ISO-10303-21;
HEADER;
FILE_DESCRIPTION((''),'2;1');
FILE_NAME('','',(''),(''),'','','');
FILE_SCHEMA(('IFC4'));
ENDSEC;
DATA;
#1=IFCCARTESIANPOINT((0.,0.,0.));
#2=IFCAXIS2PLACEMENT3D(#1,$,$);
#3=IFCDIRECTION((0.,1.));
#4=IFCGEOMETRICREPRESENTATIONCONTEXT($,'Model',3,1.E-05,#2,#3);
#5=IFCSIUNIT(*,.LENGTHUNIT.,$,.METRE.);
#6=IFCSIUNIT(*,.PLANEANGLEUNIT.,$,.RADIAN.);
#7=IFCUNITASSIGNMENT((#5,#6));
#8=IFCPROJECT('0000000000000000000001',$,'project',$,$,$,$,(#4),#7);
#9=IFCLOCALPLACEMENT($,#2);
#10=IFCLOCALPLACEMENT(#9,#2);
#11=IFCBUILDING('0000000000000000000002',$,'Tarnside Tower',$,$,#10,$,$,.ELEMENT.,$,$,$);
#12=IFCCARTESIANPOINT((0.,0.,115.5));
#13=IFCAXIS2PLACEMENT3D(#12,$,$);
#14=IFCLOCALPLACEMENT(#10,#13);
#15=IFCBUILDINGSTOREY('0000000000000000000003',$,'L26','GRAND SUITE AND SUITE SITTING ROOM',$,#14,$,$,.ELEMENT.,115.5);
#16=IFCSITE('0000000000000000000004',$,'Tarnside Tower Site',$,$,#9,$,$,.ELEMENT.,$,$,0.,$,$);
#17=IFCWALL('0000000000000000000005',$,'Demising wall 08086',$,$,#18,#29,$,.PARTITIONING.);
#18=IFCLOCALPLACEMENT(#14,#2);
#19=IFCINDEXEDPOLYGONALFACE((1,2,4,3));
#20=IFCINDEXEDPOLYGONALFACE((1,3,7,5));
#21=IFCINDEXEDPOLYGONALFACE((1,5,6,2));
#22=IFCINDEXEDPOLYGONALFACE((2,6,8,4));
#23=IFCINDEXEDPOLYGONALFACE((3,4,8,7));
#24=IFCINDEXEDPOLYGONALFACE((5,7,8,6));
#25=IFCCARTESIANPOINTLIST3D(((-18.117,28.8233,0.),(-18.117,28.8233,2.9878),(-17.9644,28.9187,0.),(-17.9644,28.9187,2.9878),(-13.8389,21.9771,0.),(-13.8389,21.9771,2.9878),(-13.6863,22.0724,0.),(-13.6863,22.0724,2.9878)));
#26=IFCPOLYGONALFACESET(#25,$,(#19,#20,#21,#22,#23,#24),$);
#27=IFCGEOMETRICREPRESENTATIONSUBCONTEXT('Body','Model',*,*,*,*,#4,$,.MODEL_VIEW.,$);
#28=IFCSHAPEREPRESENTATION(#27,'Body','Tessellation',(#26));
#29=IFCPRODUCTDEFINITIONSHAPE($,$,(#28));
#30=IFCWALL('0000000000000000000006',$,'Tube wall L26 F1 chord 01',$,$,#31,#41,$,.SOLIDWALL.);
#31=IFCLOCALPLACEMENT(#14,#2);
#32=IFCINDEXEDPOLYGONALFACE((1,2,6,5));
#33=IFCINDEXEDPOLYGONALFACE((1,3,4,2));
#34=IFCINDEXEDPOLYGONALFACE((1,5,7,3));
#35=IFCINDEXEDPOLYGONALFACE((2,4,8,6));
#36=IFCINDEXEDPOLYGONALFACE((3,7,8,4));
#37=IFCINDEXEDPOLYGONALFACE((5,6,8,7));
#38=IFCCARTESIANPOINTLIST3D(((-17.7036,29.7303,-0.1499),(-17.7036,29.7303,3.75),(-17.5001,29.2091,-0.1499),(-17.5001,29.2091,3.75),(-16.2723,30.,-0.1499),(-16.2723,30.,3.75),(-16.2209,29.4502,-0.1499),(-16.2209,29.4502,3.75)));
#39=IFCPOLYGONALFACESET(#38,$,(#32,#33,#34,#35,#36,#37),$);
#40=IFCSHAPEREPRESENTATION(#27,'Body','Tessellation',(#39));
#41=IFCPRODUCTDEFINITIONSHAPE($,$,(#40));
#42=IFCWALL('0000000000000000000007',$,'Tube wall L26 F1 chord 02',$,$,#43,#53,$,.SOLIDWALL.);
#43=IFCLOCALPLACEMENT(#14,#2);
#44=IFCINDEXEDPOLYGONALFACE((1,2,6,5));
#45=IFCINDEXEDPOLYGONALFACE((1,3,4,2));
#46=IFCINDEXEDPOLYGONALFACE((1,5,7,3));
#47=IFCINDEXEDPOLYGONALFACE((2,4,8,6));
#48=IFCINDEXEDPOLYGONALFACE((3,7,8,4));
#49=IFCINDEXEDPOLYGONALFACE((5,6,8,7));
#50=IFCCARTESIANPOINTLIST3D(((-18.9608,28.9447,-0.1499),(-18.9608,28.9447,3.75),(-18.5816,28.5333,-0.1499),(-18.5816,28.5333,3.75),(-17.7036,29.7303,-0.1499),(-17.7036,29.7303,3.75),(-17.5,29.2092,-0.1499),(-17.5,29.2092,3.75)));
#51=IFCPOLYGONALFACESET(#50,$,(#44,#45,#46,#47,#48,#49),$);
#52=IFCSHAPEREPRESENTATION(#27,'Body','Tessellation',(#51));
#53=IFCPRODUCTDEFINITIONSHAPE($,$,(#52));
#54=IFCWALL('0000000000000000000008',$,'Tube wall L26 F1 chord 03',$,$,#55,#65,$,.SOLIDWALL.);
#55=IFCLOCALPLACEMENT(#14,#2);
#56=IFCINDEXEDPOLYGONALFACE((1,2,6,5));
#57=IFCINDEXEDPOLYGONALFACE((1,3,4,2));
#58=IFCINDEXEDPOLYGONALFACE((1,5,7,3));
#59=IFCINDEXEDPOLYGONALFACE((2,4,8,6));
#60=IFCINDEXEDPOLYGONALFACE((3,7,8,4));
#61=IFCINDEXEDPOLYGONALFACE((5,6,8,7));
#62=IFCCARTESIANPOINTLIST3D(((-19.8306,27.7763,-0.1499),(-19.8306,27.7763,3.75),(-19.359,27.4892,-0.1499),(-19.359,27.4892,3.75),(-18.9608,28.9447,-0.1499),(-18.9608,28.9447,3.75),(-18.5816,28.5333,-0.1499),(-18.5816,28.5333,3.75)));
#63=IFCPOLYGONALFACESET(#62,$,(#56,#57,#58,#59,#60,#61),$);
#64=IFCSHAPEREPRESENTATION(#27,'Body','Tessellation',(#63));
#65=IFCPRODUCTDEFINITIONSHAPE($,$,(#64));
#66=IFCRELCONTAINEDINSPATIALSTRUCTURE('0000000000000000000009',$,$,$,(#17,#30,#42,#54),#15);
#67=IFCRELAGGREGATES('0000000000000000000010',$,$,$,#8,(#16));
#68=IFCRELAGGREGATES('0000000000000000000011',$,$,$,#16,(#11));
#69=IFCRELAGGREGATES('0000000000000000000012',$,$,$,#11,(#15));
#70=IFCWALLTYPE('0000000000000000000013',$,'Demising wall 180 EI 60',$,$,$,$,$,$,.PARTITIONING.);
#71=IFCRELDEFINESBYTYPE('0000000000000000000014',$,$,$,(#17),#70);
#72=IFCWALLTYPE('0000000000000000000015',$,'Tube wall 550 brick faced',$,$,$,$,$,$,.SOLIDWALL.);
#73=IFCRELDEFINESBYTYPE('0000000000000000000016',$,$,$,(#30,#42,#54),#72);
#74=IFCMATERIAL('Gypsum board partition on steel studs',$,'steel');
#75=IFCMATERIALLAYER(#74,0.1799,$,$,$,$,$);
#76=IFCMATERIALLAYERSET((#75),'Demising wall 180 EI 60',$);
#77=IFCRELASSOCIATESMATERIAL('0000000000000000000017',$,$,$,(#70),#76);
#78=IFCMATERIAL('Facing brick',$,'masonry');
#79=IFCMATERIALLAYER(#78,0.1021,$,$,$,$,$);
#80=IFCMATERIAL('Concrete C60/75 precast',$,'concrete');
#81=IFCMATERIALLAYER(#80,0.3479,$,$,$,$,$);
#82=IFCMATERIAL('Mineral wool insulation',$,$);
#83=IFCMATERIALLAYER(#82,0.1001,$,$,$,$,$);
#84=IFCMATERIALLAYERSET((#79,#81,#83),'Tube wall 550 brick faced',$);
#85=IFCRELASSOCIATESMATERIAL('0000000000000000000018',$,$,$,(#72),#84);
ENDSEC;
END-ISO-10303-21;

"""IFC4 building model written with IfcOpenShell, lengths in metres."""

from ifc_helpers import new_model, si_unit, direction, frame, frame_2d, origin, place, context, subcontext, project, spatial, polyline, rectangle, outline, extrude, material, layer, layer_set, type_object, element, save


model = new_model("IFC4")

# Units and contexts
model_context = context("Model", 3, precision=1e-05, world=origin(), true_north=direction((0.0, 1.0)))
body_context = subcontext(model_context, "Body", "Model", "MODEL_VIEW")
ifc_project = project(units=[si_unit("LENGTHUNIT", "METRE"), si_unit("PLANEANGLEUNIT", "RADIAN")], contexts=[model_context])

# Site, building, storey
site_placement = place(None, origin())
site = spatial("IfcSite", under=ifc_project, at=site_placement, Name="Tarnside Tower Site", CompositionType="ELEMENT", RefElevation=0.0)
building_placement = place(site_placement, origin())
building = spatial("IfcBuilding", under=site, at=building_placement, Name="Tarnside Tower", CompositionType="ELEMENT")
storey_placement = place(building_placement, frame((0.0, 0.0, 115.5)))
storey = spatial("IfcBuildingStorey", under=building, at=storey_placement, Name="L26", Description="GRAND SUITE AND SUITE SITTING ROOM", CompositionType="ELEMENT", Elevation=115.5)

# Walls
ifc_material_1 = material(Name="Gypsum board partition on steel studs", Category="steel")
ifc_layer_1 = layer(ifc_material_1, 0.1799)
ifc_layer_set_1 = layer_set([ifc_layer_1], Name="Demising wall 180 EI 60")
wall_type_1 = type_object("IfcWallType", Name="Demising wall 180 EI 60", PredefinedType="PARTITIONING", material=ifc_layer_set_1)
wall_1_placement = place(storey_placement, frame((-18.0408, 28.8711, 0.0), z_axis=(0.0, 0.0, 1.0), x_axis=(0.529928, -0.848042, 0.0)))
element("IfcWall", 1, at=wall_1_placement, inside=storey, type_object=wall_type_1, Name="Demising wall 08086", PredefinedType="PARTITIONING", context=body_context, shape_type="SweptSolid", body=[
    extrude(rectangle(XDim=8.073, YDim=0.1799, at=frame_2d((4.0366, 0.0))), origin(), (0.0, 0.0, 1.0), 2.9878),
])
ifc_material_2 = material(Name="Facing brick", Category="masonry")
ifc_layer_2 = layer(ifc_material_2, 0.1021)
ifc_material_3 = material(Name="Concrete C60/75 precast", Category="concrete")
ifc_layer_3 = layer(ifc_material_3, 0.3479)
ifc_material_4 = material(Name="Mineral wool insulation")
ifc_layer_4 = layer(ifc_material_4, 0.1001)
ifc_layer_set_2 = layer_set([ifc_layer_2, ifc_layer_3, ifc_layer_4], Name="Tube wall 550 brick faced")
wall_type_2 = type_object("IfcWallType", Name="Tube wall 550 brick faced", PredefinedType="SOLIDWALL", material=ifc_layer_set_2)
wall_2_placement = place(storey_placement, frame((-16.2466, 29.7251, -0.1499), z_axis=(0.0, 0.0, 1.0), x_axis=(-0.982705, -0.185176, 0.0)))
element("IfcWall", 2, at=wall_2_placement, inside=storey, type_object=wall_type_2, Name="Tube wall L26 F1 chord 01", PredefinedType="SOLIDWALL", context=body_context, shape_type="SweptSolid", body=[
    extrude(outline(polyline([(-0.0256, -0.2749), (1.4309, -0.2749), (1.3274, 0.2749), (0.0256, 0.2749), (-0.0256, -0.2749)])), origin(), (0.0, 0.0, 1.0), 3.8999),
])
wall_3_placement = place(storey_placement, frame((-17.6018, 29.4697, -0.1499), z_axis=(0.0, 0.0, 1.0), x_axis=(-0.848058, -0.529903, 0.0)))
element("IfcWall", 3, at=wall_3_placement, inside=storey, type_object=wall_type_2, Name="Tube wall L26 F1 chord 02", PredefinedType="SOLIDWALL", context=body_context, shape_type="SweptSolid", body=[
    extrude(outline(polyline([(-0.0518, -0.2749), (1.4307, -0.2749), (1.3271, 0.2749), (0.0518, 0.2749), (-0.0518, -0.2749)])), origin(), (0.0, 0.0, 1.0), 3.8999),
])
wall_4_placement = place(storey_placement, frame((-18.7712, 28.739, -0.1499), z_axis=(0.0, 0.0, 1.0), x_axis=(-0.597135, -0.802141, 0.0)))
element("IfcWall", 4, at=wall_4_placement, inside=storey, type_object=wall_type_2, Name="Tube wall L26 F1 chord 03", PredefinedType="SOLIDWALL", context=body_context, shape_type="SweptSolid", body=[
    extrude(outline(polyline([(-0.0518, -0.2749), (1.4048, -0.2749), (1.3535, 0.2749), (0.0518, 0.2749), (-0.0518, -0.2749)])), origin(), (0.0, 0.0, 1.0), 3.8999),
])

save(model, "model.ifc")
